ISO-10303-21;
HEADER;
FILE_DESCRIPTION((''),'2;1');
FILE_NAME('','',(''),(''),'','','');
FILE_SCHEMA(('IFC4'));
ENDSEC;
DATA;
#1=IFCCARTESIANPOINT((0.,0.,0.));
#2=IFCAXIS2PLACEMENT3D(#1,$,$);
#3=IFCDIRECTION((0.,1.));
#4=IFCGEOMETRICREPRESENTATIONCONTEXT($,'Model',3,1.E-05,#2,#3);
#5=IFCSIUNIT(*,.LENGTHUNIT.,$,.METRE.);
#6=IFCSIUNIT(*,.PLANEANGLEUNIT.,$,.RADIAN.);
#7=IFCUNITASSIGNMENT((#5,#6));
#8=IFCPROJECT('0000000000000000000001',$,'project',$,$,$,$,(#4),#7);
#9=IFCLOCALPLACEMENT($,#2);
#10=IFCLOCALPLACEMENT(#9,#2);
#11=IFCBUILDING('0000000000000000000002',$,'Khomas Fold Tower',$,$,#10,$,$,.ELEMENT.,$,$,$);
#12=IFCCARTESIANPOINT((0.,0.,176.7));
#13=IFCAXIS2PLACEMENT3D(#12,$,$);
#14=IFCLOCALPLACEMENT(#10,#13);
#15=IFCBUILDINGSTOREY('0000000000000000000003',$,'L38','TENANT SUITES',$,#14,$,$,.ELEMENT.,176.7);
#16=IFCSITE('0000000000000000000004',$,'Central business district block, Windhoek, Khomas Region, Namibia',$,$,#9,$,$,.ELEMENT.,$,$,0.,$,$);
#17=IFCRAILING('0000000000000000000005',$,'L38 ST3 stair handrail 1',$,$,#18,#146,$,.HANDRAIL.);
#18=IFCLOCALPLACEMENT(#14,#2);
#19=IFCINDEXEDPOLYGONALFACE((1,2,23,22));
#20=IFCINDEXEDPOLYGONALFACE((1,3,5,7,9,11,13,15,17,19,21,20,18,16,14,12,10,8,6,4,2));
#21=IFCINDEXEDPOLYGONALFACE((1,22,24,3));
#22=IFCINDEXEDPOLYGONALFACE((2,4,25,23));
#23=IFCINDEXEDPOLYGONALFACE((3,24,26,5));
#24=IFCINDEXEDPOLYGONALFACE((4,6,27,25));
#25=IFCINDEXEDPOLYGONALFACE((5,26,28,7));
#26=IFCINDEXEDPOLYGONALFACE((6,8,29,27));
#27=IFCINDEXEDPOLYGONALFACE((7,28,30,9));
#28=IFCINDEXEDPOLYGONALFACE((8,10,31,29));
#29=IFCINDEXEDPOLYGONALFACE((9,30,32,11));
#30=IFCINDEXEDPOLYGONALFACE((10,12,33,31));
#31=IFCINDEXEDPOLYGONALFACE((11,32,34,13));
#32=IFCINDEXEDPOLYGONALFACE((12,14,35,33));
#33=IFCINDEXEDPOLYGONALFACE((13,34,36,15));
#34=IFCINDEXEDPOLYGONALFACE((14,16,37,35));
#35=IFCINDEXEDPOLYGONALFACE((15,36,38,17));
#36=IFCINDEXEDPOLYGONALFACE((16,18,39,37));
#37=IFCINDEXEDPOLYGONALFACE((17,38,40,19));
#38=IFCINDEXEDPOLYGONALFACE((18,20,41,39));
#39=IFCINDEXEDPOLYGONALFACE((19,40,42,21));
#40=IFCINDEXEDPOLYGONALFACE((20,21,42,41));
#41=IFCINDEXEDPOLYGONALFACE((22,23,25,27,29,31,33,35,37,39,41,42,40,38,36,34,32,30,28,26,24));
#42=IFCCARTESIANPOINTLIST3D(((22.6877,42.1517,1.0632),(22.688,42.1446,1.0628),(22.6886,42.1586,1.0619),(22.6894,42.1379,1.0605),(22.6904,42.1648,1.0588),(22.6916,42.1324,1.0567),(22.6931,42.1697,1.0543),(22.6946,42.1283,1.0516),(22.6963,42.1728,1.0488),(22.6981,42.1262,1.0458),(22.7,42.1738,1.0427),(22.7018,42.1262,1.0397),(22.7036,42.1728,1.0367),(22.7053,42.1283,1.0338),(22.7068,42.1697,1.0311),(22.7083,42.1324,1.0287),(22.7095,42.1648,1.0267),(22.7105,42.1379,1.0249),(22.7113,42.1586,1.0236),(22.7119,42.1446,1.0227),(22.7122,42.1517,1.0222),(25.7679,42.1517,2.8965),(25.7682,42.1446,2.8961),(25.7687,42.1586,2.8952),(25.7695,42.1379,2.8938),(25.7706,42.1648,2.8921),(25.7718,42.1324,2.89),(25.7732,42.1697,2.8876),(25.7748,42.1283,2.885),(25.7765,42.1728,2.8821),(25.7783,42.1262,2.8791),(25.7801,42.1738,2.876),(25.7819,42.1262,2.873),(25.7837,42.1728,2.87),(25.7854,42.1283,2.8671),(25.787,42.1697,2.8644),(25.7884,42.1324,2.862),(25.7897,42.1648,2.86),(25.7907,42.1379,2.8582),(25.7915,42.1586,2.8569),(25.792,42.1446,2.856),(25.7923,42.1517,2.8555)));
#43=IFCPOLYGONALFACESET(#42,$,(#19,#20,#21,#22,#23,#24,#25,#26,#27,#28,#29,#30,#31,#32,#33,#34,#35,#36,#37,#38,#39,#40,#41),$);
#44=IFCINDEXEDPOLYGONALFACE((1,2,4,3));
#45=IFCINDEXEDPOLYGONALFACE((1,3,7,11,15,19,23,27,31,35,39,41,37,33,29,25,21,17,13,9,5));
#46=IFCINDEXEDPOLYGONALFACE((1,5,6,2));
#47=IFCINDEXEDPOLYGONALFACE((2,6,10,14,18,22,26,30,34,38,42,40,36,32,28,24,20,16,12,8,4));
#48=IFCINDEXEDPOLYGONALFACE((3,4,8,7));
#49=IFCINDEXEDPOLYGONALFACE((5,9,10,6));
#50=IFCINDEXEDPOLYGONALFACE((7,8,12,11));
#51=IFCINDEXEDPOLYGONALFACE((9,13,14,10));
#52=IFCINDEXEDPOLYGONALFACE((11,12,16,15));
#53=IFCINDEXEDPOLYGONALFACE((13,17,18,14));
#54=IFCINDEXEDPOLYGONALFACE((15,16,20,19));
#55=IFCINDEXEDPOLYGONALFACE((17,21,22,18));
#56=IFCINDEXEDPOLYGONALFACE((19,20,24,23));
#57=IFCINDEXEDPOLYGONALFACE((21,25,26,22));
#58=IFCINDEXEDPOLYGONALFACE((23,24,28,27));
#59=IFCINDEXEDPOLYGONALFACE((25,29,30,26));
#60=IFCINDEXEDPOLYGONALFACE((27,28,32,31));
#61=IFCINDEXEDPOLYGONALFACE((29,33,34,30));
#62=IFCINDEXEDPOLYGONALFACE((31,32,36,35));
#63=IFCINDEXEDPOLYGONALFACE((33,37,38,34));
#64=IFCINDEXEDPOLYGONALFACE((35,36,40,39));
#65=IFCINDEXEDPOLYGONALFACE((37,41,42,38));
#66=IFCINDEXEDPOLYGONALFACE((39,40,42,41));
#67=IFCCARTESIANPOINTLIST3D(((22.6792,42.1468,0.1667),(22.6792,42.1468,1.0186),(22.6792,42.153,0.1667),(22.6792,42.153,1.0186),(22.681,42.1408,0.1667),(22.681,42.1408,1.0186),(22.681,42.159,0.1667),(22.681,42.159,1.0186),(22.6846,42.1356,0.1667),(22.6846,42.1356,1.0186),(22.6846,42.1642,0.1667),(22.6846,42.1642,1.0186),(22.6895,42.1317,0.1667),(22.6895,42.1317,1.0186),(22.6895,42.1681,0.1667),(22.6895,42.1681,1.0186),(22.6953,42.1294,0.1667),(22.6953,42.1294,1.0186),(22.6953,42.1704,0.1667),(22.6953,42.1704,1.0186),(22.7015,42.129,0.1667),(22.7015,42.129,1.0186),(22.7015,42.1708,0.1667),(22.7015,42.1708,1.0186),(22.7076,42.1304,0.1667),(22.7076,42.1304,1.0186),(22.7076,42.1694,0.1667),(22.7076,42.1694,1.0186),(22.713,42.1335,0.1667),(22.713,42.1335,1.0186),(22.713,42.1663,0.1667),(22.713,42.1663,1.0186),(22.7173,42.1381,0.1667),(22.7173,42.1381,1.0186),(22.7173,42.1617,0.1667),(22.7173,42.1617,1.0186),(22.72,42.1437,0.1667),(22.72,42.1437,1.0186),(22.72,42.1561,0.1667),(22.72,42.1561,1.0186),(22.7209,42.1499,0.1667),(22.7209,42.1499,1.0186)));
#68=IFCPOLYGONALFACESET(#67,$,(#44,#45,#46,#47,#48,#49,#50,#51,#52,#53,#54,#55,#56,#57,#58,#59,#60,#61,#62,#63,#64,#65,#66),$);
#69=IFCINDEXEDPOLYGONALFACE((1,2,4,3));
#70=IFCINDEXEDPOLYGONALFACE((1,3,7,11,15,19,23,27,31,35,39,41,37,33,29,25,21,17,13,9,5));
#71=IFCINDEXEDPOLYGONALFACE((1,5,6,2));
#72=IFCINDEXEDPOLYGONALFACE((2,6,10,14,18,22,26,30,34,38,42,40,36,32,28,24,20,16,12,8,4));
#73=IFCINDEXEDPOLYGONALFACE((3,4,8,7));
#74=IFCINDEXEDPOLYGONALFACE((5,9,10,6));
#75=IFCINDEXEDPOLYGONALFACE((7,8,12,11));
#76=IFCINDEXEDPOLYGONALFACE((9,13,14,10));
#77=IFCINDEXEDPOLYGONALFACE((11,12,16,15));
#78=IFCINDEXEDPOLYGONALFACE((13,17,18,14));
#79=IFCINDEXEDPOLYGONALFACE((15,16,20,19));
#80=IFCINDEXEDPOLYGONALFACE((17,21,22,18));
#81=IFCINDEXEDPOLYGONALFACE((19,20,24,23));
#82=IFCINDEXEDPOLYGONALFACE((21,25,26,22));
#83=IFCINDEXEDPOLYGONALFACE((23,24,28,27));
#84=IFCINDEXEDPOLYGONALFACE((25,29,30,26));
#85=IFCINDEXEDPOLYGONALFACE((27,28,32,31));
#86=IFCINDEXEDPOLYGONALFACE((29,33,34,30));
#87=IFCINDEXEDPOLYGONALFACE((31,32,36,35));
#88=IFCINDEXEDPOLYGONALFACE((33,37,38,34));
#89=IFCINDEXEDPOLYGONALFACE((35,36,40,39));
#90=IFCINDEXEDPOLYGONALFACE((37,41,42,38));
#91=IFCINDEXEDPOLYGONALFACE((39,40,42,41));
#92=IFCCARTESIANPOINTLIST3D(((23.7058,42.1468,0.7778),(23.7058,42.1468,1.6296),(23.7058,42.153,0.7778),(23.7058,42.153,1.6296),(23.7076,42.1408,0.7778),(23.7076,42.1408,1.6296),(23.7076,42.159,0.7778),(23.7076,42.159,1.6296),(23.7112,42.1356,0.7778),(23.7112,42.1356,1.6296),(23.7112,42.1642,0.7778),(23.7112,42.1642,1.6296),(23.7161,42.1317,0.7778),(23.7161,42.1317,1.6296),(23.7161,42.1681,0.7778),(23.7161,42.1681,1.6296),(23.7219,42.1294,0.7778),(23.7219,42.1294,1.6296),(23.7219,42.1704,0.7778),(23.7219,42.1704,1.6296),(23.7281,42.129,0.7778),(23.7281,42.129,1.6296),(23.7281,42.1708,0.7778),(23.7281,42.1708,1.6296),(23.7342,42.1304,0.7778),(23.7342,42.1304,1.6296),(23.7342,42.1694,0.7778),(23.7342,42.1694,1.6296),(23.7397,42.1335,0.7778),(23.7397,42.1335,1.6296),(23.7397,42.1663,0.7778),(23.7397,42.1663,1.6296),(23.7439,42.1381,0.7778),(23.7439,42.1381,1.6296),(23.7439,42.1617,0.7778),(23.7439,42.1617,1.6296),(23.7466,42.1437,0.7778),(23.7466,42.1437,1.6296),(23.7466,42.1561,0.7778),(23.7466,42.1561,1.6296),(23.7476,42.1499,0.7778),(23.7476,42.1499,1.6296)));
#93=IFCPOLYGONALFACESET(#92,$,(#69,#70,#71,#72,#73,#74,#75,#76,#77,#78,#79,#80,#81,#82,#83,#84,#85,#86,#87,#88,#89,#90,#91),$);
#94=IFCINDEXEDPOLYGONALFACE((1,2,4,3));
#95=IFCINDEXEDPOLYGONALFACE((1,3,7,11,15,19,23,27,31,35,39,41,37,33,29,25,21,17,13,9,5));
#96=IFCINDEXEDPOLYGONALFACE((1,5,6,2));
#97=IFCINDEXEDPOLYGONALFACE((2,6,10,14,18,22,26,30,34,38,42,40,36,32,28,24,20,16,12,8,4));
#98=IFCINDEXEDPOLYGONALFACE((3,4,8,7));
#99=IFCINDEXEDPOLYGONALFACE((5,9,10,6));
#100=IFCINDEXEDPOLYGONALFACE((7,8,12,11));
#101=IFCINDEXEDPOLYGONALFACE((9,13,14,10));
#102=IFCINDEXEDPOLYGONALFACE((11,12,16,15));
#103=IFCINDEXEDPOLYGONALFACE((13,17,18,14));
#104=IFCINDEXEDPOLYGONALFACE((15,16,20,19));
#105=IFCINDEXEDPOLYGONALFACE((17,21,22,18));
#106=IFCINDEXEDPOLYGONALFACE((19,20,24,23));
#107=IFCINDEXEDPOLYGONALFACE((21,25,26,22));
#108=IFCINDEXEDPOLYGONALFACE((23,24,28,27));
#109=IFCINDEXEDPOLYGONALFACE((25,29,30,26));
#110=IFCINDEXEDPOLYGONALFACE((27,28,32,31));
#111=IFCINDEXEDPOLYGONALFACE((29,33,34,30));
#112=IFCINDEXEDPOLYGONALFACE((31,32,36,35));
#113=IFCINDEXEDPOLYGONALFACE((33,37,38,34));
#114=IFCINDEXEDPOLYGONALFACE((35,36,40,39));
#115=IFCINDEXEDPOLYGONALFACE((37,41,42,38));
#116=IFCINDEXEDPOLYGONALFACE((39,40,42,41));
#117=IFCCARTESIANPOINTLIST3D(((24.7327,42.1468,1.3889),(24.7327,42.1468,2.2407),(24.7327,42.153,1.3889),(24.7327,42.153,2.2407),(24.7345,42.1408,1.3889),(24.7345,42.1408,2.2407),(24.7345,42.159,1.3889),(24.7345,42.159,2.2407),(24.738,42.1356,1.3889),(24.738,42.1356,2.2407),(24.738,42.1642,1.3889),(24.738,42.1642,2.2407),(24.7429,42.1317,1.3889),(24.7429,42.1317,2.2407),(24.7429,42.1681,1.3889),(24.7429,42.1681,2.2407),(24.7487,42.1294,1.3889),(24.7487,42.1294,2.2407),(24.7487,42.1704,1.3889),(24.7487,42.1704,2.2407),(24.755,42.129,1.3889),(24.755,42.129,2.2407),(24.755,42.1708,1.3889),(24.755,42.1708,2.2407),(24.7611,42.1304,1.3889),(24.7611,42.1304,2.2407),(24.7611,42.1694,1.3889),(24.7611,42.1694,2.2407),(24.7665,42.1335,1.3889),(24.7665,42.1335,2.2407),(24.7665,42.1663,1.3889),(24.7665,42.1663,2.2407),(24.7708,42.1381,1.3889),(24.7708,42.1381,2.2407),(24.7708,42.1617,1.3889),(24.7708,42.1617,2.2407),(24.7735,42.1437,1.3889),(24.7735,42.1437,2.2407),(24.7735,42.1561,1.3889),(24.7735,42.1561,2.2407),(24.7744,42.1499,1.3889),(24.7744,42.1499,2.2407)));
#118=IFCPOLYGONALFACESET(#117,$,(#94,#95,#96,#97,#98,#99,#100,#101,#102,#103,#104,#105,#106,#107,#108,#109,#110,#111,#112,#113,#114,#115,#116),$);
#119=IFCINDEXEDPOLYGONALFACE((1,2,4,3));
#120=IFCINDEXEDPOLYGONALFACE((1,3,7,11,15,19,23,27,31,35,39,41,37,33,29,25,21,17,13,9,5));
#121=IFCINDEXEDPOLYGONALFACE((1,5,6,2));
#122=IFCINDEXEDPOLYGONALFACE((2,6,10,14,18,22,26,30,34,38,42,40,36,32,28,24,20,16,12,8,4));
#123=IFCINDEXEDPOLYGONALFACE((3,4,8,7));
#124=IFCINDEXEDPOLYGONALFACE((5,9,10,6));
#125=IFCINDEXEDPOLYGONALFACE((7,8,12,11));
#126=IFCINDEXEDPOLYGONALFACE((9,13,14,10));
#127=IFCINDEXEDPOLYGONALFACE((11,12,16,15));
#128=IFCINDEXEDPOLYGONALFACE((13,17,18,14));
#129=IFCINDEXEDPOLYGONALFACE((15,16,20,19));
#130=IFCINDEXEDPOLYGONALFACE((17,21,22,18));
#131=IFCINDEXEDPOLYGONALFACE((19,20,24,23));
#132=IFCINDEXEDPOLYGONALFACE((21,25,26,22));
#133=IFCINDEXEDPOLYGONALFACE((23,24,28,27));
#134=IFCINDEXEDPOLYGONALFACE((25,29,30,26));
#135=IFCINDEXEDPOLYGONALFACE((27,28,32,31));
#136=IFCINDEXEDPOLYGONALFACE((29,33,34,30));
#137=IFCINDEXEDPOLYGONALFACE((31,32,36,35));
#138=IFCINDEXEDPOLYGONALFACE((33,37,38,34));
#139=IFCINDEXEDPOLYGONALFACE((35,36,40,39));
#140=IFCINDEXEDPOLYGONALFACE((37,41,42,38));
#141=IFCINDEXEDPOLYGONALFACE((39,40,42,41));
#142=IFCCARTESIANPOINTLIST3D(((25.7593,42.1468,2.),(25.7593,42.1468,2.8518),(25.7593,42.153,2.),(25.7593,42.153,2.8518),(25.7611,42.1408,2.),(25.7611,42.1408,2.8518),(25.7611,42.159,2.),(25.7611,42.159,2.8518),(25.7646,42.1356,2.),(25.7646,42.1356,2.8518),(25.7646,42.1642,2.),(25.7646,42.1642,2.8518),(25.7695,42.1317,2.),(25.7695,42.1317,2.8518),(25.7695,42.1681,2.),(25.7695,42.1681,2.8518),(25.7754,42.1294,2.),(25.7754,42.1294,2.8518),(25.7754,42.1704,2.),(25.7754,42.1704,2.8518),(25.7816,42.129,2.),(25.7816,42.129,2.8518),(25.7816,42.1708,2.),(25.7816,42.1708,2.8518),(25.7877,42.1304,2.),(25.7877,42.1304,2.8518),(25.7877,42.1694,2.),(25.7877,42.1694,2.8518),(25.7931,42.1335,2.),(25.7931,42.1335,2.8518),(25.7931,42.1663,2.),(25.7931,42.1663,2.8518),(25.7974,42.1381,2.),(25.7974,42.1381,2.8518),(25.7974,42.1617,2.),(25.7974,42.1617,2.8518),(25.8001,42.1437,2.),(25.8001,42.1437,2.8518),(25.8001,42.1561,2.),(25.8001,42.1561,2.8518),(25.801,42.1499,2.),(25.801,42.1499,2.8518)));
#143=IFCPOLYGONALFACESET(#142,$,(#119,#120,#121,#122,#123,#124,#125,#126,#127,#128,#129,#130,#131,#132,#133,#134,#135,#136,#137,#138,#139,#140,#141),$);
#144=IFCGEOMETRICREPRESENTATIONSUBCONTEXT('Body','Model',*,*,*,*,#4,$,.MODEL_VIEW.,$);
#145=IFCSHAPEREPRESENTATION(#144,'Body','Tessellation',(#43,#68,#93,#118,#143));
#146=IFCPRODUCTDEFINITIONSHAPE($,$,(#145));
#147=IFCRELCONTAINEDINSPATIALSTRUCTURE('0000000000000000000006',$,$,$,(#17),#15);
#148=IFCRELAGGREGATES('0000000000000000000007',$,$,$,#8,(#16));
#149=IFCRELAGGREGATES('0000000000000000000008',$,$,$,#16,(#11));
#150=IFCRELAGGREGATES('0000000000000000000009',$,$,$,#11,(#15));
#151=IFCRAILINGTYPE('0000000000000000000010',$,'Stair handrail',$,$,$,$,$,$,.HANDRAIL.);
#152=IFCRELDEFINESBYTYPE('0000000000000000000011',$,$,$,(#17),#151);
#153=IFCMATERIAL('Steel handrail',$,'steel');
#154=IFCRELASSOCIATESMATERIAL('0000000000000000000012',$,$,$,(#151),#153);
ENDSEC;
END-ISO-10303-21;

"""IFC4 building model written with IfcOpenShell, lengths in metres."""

from ifc_helpers import new_model, si_unit, direction, frame, origin, origin_2d, place, context, subcontext, project, spatial, circle, extrude, source, transform, mapped, material, type_object, element, save


model = new_model("IFC4")

# Units and contexts
model_context = context("Model", 3, precision=1e-05, world=origin(), true_north=direction((0.0, 1.0)))
body_context = subcontext(model_context, "Body", "Model", "MODEL_VIEW")
ifc_project = project(units=[si_unit("LENGTHUNIT", "METRE"), si_unit("PLANEANGLEUNIT", "RADIAN")], contexts=[model_context])

# Site, building, storey
site_placement = place(None, origin())
site = spatial("IfcSite", under=ifc_project, at=site_placement, Name="Central business district block, Windhoek, Khomas Region, Namibia", CompositionType="ELEMENT", RefElevation=0.0)
building_placement = place(site_placement, origin())
building = spatial("IfcBuilding", under=site, at=building_placement, Name="Khomas Fold Tower", CompositionType="ELEMENT")
storey_placement = place(building_placement, frame((0.0, 0.0, 176.7)))
storey = spatial("IfcBuildingStorey", under=building, at=storey_placement, Name="L38", Description="TENANT SUITES", CompositionType="ELEMENT", Elevation=176.7)

# Railing
ifc_material_1 = material(Name="Steel handrail", Category="steel")
railing_type_1 = type_object("IfcRailingType", Name="Stair handrail", PredefinedType="HANDRAIL", material=ifc_material_1)
shared_shape_1 = source(origin(), body_context, "Body", "SweptSolid", [
    extrude(circle(Radius=0.0239, at=origin_2d()), frame((0.0, 0.0, 0.876), z_axis=(0.859309, 0.0, 0.511458), x_axis=(0.0, 1.0, 0.0)), (0.0, 0.0, 1.0), 3.5845),
    extrude(circle(Radius=0.021, at=origin_2d()), origin(), (0.0, 0.0, 1.0), 0.8518),
    extrude(circle(Radius=0.021, at=origin_2d()), frame((1.0266, 0.0, 0.6111)), (0.0, 0.0, 1.0), 0.8518),
    extrude(circle(Radius=0.021, at=origin_2d()), frame((2.0535, 0.0, 1.2222)), (0.0, 0.0, 1.0), 0.8518),
    extrude(circle(Radius=0.021, at=origin_2d()), frame((3.0801, 0.0, 1.8333)), (0.0, 0.0, 1.0), 0.8518),
])
railing_1_placement = place(storey_placement, frame((22.7, 42.1499, 0.1667)))
element("IfcRailing", 1, at=railing_1_placement, inside=storey, type_object=railing_type_1, Name="L38 ST3 stair handrail 1", PredefinedType="HANDRAIL", context=body_context, shape_type="MappedRepresentation", body=[
    mapped(shared_shape_1, transform((0.0, 0.0, 0.0))),
])

save(model, "model.ifc")
